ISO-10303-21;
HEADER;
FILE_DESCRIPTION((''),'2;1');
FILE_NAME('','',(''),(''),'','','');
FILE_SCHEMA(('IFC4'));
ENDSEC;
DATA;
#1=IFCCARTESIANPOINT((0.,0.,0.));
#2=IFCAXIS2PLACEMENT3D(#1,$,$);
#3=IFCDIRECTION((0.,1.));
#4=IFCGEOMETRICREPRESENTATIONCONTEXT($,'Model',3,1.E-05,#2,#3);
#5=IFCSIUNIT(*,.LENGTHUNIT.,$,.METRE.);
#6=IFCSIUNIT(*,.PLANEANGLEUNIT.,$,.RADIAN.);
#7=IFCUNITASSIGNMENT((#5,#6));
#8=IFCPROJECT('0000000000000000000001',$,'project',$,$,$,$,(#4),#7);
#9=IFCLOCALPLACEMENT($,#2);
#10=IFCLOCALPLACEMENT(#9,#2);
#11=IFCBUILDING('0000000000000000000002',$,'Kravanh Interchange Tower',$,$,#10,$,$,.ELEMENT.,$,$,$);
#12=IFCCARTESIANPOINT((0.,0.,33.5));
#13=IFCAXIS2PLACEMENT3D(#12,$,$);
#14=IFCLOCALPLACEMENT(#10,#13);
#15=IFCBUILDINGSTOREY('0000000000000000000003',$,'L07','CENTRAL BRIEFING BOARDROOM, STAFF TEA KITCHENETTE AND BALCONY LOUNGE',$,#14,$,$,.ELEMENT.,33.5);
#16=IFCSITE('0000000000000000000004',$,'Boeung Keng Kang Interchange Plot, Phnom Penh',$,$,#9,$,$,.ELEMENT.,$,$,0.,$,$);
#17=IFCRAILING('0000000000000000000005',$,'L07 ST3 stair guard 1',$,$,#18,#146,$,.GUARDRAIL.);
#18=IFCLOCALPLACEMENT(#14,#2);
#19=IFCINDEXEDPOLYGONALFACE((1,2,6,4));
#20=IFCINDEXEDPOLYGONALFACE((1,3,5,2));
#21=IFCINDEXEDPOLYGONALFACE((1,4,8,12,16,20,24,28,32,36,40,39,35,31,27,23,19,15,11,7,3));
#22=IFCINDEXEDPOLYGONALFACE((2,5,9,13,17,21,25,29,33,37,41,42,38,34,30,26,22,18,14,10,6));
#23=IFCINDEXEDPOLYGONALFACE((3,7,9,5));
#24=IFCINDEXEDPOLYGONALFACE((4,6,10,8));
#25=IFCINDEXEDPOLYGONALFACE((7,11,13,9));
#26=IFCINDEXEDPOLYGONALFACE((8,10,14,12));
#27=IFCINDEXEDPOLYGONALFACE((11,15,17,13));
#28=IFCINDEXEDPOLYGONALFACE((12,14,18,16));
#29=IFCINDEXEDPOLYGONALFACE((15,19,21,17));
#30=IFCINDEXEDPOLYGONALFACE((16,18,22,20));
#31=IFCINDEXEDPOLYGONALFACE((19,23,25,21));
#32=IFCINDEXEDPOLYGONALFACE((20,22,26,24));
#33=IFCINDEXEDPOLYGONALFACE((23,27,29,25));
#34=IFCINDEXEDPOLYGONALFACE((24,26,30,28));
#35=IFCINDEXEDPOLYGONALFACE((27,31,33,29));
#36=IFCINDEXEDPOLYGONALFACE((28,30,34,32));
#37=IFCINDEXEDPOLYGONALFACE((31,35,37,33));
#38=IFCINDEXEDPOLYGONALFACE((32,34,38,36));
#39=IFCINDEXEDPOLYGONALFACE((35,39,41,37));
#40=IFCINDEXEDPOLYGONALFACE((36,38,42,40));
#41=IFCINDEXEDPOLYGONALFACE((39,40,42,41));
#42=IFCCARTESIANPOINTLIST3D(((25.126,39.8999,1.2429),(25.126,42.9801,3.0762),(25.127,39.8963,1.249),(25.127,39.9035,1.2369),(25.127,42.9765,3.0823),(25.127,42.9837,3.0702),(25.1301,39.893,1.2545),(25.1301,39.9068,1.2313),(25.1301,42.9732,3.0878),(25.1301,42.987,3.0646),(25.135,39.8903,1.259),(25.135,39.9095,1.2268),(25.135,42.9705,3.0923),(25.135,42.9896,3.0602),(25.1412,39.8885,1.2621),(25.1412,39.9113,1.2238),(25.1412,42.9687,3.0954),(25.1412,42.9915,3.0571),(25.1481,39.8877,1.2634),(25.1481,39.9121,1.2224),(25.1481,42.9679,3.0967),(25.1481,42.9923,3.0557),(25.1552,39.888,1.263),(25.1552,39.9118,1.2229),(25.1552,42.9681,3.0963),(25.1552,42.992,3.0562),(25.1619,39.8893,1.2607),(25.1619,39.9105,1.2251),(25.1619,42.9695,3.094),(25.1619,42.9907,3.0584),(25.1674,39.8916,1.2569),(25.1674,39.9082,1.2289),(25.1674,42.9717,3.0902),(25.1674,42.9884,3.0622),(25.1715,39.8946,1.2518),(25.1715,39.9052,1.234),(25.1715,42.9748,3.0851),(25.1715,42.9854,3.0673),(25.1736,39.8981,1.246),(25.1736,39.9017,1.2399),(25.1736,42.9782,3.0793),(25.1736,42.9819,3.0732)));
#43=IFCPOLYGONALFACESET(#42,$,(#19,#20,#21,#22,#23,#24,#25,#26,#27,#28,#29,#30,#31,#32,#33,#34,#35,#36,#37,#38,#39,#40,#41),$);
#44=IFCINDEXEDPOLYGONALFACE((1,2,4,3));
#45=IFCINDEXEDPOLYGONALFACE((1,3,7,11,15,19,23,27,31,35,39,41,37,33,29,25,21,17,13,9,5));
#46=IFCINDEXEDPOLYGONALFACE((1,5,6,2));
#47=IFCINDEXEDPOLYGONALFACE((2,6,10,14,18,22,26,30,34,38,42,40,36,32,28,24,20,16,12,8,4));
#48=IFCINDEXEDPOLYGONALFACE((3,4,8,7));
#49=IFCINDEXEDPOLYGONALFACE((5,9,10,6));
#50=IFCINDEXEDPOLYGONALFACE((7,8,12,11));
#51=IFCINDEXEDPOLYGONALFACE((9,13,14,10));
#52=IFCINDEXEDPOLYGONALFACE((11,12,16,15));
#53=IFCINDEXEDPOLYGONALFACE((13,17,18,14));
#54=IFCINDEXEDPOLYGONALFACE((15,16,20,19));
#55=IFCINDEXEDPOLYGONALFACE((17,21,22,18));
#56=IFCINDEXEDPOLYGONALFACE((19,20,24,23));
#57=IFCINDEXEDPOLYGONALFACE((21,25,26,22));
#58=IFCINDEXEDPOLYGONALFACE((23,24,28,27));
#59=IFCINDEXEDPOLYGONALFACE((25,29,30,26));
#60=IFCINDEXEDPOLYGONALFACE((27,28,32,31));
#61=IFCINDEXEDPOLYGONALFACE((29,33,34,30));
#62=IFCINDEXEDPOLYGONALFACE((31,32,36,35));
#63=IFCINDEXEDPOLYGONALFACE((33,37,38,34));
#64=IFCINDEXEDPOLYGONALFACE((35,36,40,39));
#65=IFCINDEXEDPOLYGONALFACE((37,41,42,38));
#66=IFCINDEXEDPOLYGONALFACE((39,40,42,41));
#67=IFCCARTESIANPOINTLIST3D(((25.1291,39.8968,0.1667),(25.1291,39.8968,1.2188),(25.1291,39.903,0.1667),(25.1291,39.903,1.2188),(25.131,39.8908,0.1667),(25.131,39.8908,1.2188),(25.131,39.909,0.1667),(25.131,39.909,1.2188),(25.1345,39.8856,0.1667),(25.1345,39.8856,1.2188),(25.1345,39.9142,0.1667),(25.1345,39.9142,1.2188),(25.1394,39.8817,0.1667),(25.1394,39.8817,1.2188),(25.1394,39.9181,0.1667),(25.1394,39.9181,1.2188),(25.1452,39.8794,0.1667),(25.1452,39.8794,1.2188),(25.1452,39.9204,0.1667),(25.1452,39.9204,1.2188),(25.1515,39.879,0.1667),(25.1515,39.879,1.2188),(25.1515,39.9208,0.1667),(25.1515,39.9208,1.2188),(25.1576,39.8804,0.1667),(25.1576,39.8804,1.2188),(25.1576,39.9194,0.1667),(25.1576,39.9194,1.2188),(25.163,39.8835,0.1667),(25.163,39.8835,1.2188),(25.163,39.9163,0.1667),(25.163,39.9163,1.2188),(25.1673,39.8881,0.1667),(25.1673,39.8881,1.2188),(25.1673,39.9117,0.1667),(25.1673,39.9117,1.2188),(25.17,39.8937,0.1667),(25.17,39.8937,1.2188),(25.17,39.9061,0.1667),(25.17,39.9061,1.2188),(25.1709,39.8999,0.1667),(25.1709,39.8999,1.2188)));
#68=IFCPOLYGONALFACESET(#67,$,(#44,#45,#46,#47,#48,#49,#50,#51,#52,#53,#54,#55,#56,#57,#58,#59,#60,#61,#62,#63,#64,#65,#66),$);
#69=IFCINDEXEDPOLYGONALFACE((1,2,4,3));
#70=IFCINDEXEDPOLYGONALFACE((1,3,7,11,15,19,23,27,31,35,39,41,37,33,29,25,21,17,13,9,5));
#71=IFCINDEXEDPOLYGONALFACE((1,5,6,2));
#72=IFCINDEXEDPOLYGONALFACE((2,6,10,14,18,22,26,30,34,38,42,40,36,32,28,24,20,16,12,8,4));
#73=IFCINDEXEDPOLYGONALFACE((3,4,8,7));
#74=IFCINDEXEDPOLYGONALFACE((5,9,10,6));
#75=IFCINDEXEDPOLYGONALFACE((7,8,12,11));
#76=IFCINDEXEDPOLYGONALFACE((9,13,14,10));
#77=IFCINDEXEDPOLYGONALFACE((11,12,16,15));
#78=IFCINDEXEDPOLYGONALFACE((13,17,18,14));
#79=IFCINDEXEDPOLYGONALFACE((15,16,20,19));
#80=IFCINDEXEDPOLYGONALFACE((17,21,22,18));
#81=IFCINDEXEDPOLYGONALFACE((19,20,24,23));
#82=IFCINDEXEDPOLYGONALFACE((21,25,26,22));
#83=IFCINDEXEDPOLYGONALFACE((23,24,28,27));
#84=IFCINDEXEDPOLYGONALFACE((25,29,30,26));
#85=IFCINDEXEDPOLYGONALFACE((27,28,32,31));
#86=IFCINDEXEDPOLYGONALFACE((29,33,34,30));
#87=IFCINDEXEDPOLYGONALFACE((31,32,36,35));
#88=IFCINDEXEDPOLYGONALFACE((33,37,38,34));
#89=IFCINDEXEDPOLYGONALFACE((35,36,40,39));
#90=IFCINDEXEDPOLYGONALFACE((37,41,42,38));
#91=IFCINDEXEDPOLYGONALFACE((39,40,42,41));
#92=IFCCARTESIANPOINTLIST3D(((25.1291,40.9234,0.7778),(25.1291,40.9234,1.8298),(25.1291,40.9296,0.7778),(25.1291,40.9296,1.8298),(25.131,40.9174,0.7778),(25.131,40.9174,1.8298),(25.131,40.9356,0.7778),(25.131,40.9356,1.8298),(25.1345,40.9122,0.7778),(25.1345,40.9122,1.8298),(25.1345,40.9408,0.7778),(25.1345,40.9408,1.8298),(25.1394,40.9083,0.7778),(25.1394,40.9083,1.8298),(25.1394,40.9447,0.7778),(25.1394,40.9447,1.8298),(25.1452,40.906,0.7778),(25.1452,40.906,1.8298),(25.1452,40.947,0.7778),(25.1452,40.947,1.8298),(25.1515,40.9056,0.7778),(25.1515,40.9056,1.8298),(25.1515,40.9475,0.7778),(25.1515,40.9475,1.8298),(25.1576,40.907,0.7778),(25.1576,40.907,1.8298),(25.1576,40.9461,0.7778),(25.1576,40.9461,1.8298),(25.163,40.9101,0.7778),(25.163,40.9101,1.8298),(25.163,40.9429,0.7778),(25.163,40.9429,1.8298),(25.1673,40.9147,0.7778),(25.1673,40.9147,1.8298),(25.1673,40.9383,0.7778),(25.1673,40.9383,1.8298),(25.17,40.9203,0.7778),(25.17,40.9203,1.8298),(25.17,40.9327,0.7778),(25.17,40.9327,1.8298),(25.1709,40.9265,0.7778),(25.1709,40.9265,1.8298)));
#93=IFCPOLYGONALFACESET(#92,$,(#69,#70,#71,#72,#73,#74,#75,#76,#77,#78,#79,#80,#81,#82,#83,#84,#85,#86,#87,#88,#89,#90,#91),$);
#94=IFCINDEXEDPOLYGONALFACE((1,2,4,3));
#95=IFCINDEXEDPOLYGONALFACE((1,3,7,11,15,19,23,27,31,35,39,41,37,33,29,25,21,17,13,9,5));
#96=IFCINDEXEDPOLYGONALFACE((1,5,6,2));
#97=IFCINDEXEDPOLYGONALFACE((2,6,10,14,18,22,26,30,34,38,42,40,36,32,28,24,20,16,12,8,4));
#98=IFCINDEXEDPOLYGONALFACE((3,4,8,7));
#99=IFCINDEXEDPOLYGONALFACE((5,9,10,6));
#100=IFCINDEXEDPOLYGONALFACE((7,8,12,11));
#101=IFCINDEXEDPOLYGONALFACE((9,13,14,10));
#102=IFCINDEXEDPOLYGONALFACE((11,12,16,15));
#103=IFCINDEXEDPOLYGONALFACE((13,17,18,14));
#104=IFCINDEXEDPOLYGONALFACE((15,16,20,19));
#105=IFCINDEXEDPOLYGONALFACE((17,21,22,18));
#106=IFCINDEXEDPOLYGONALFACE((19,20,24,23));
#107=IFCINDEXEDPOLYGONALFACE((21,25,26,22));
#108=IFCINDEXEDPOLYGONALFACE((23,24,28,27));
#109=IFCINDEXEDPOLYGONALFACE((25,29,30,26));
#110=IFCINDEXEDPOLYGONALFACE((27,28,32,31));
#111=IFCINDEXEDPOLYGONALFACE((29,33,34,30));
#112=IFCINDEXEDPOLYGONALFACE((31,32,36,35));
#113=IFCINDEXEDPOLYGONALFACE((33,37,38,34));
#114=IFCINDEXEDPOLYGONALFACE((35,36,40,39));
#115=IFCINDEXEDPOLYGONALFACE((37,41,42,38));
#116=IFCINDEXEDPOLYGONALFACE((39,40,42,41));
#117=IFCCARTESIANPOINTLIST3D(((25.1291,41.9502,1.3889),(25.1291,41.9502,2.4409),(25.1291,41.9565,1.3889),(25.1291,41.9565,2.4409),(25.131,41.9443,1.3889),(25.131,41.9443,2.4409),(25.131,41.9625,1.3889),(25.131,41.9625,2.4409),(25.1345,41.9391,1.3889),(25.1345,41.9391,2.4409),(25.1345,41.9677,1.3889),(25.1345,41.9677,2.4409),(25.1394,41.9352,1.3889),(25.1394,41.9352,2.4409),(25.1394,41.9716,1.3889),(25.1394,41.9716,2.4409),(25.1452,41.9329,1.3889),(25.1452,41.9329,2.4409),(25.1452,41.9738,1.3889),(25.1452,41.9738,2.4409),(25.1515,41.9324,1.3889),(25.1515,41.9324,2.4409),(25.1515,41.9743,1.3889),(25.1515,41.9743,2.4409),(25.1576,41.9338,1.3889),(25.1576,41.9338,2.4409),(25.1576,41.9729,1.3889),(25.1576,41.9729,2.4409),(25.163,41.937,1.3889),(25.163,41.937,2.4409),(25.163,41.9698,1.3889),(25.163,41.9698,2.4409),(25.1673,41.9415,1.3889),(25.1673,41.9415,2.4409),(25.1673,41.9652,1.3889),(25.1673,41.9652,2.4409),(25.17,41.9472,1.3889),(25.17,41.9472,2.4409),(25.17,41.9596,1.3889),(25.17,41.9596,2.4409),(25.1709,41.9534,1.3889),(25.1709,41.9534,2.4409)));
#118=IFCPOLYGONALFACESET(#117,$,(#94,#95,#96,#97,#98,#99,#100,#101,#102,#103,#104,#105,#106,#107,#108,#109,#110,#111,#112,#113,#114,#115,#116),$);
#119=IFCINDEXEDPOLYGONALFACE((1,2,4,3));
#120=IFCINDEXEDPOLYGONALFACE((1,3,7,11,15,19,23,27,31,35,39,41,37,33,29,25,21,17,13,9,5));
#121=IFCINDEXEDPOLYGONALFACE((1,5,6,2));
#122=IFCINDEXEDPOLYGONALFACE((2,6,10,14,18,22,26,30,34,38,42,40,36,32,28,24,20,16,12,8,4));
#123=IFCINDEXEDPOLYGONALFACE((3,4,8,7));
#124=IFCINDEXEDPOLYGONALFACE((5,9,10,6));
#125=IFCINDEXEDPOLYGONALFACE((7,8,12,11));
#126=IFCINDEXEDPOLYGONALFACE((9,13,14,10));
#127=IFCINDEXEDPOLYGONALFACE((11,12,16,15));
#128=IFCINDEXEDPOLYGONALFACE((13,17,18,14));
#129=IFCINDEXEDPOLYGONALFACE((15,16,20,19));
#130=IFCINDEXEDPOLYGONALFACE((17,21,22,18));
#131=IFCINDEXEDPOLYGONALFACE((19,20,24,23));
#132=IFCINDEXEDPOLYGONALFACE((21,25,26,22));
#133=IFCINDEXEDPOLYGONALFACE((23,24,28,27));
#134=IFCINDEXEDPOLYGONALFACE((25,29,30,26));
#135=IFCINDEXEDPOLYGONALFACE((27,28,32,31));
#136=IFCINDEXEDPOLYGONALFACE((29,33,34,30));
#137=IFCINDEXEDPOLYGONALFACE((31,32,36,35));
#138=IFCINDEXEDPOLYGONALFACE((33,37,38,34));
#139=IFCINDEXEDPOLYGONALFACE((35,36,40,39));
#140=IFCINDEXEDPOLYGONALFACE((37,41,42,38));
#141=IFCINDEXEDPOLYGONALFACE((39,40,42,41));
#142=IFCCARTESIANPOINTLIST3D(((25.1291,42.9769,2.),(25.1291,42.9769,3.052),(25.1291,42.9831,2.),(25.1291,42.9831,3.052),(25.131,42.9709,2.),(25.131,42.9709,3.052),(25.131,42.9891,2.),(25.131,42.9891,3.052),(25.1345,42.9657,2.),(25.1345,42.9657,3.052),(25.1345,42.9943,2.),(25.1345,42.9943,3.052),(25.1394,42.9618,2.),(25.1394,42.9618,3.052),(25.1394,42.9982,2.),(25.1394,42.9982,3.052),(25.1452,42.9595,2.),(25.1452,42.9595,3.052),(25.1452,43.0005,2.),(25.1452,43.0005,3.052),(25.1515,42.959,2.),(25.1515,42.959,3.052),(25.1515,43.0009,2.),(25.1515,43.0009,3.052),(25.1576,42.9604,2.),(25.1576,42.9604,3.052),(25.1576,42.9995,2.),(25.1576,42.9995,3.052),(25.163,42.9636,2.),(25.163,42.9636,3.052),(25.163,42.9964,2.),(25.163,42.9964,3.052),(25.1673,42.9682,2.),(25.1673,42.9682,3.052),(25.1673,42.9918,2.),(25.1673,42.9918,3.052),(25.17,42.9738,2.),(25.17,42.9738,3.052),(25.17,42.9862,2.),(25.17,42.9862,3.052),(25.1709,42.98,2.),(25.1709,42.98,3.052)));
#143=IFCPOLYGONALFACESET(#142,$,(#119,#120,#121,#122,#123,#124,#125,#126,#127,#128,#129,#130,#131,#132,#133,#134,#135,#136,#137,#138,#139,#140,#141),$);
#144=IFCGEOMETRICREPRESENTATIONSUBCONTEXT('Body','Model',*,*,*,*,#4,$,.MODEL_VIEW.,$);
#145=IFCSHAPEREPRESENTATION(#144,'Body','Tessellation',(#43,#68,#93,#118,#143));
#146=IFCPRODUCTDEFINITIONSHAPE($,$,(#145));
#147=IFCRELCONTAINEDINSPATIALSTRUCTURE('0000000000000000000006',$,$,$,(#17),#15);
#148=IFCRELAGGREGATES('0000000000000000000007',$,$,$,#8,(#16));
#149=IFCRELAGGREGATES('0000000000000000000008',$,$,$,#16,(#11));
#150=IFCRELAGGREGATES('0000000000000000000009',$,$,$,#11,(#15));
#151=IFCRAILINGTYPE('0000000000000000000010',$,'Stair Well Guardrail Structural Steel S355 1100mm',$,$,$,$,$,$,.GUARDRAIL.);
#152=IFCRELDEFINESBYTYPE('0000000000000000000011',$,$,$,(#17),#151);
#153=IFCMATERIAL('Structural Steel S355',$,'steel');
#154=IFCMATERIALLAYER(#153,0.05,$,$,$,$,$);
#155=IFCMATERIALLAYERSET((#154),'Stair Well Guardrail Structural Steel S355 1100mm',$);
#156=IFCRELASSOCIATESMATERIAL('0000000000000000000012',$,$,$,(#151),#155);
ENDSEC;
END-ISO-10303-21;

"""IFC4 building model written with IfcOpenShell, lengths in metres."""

from ifc_helpers import new_model, si_unit, direction, frame, origin, origin_2d, place, context, subcontext, project, spatial, circle, extrude, material, layer, layer_set, type_object, element, save


model = new_model("IFC4")

# Units and contexts
model_context = context("Model", 3, precision=1e-05, world=origin(), true_north=direction((0.0, 1.0)))
body_context = subcontext(model_context, "Body", "Model", "MODEL_VIEW")
ifc_project = project(units=[si_unit("LENGTHUNIT", "METRE"), si_unit("PLANEANGLEUNIT", "RADIAN")], contexts=[model_context])

# Site, building, storey
site_placement = place(None, origin())
site = spatial("IfcSite", under=ifc_project, at=site_placement, Name="Boeung Keng Kang Interchange Plot, Phnom Penh", CompositionType="ELEMENT", RefElevation=0.0)
building_placement = place(site_placement, origin())
building = spatial("IfcBuilding", under=site, at=building_placement, Name="Kravanh Interchange Tower", CompositionType="ELEMENT")
storey_placement = place(building_placement, frame((0.0, 0.0, 33.5)))
storey = spatial("IfcBuildingStorey", under=building, at=storey_placement, Name="L07", Description="CENTRAL BRIEFING BOARDROOM, STAFF TEA KITCHENETTE AND BALCONY LOUNGE", CompositionType="ELEMENT", Elevation=33.5)

# Railing
ifc_material_1 = material(Name="Structural Steel S355", Category="steel")
ifc_layer_1 = layer(ifc_material_1, 0.05)
ifc_layer_set_1 = layer_set([ifc_layer_1], Name="Stair Well Guardrail Structural Steel S355 1100mm")
railing_type_1 = type_object("IfcRailingType", Name="Stair Well Guardrail Structural Steel S355 1100mm", PredefinedType="GUARDRAIL", material=ifc_layer_set_1)
railing_1_placement = place(storey_placement, frame((25.1499, 39.8999, 0.1667)))
element("IfcRailing", 1, at=railing_1_placement, inside=storey, type_object=railing_type_1, Name="L07 ST3 stair guard 1", PredefinedType="GUARDRAIL", context=body_context, shape_type="SweptSolid", body=[
    extrude(circle(Radius=0.0239, at=origin_2d()), frame((0.0, 0.0, 1.0762), z_axis=(0.0, 0.859309, 0.511458), x_axis=(-1.0, 0.0, 0.0)), (0.0, 0.0, 1.0), 3.5845),
    extrude(circle(Radius=0.021, at=origin_2d()), origin(), (0.0, 0.0, 1.0), 1.052),
    extrude(circle(Radius=0.021, at=origin_2d()), frame((0.0, 1.0266, 0.6111)), (0.0, 0.0, 1.0), 1.052),
    extrude(circle(Radius=0.021, at=origin_2d()), frame((0.0, 2.0535, 1.2222)), (0.0, 0.0, 1.0), 1.052),
    extrude(circle(Radius=0.021, at=origin_2d()), frame((0.0, 3.0801, 1.8333)), (0.0, 0.0, 1.0), 1.052),
])

save(model, "model.ifc")
